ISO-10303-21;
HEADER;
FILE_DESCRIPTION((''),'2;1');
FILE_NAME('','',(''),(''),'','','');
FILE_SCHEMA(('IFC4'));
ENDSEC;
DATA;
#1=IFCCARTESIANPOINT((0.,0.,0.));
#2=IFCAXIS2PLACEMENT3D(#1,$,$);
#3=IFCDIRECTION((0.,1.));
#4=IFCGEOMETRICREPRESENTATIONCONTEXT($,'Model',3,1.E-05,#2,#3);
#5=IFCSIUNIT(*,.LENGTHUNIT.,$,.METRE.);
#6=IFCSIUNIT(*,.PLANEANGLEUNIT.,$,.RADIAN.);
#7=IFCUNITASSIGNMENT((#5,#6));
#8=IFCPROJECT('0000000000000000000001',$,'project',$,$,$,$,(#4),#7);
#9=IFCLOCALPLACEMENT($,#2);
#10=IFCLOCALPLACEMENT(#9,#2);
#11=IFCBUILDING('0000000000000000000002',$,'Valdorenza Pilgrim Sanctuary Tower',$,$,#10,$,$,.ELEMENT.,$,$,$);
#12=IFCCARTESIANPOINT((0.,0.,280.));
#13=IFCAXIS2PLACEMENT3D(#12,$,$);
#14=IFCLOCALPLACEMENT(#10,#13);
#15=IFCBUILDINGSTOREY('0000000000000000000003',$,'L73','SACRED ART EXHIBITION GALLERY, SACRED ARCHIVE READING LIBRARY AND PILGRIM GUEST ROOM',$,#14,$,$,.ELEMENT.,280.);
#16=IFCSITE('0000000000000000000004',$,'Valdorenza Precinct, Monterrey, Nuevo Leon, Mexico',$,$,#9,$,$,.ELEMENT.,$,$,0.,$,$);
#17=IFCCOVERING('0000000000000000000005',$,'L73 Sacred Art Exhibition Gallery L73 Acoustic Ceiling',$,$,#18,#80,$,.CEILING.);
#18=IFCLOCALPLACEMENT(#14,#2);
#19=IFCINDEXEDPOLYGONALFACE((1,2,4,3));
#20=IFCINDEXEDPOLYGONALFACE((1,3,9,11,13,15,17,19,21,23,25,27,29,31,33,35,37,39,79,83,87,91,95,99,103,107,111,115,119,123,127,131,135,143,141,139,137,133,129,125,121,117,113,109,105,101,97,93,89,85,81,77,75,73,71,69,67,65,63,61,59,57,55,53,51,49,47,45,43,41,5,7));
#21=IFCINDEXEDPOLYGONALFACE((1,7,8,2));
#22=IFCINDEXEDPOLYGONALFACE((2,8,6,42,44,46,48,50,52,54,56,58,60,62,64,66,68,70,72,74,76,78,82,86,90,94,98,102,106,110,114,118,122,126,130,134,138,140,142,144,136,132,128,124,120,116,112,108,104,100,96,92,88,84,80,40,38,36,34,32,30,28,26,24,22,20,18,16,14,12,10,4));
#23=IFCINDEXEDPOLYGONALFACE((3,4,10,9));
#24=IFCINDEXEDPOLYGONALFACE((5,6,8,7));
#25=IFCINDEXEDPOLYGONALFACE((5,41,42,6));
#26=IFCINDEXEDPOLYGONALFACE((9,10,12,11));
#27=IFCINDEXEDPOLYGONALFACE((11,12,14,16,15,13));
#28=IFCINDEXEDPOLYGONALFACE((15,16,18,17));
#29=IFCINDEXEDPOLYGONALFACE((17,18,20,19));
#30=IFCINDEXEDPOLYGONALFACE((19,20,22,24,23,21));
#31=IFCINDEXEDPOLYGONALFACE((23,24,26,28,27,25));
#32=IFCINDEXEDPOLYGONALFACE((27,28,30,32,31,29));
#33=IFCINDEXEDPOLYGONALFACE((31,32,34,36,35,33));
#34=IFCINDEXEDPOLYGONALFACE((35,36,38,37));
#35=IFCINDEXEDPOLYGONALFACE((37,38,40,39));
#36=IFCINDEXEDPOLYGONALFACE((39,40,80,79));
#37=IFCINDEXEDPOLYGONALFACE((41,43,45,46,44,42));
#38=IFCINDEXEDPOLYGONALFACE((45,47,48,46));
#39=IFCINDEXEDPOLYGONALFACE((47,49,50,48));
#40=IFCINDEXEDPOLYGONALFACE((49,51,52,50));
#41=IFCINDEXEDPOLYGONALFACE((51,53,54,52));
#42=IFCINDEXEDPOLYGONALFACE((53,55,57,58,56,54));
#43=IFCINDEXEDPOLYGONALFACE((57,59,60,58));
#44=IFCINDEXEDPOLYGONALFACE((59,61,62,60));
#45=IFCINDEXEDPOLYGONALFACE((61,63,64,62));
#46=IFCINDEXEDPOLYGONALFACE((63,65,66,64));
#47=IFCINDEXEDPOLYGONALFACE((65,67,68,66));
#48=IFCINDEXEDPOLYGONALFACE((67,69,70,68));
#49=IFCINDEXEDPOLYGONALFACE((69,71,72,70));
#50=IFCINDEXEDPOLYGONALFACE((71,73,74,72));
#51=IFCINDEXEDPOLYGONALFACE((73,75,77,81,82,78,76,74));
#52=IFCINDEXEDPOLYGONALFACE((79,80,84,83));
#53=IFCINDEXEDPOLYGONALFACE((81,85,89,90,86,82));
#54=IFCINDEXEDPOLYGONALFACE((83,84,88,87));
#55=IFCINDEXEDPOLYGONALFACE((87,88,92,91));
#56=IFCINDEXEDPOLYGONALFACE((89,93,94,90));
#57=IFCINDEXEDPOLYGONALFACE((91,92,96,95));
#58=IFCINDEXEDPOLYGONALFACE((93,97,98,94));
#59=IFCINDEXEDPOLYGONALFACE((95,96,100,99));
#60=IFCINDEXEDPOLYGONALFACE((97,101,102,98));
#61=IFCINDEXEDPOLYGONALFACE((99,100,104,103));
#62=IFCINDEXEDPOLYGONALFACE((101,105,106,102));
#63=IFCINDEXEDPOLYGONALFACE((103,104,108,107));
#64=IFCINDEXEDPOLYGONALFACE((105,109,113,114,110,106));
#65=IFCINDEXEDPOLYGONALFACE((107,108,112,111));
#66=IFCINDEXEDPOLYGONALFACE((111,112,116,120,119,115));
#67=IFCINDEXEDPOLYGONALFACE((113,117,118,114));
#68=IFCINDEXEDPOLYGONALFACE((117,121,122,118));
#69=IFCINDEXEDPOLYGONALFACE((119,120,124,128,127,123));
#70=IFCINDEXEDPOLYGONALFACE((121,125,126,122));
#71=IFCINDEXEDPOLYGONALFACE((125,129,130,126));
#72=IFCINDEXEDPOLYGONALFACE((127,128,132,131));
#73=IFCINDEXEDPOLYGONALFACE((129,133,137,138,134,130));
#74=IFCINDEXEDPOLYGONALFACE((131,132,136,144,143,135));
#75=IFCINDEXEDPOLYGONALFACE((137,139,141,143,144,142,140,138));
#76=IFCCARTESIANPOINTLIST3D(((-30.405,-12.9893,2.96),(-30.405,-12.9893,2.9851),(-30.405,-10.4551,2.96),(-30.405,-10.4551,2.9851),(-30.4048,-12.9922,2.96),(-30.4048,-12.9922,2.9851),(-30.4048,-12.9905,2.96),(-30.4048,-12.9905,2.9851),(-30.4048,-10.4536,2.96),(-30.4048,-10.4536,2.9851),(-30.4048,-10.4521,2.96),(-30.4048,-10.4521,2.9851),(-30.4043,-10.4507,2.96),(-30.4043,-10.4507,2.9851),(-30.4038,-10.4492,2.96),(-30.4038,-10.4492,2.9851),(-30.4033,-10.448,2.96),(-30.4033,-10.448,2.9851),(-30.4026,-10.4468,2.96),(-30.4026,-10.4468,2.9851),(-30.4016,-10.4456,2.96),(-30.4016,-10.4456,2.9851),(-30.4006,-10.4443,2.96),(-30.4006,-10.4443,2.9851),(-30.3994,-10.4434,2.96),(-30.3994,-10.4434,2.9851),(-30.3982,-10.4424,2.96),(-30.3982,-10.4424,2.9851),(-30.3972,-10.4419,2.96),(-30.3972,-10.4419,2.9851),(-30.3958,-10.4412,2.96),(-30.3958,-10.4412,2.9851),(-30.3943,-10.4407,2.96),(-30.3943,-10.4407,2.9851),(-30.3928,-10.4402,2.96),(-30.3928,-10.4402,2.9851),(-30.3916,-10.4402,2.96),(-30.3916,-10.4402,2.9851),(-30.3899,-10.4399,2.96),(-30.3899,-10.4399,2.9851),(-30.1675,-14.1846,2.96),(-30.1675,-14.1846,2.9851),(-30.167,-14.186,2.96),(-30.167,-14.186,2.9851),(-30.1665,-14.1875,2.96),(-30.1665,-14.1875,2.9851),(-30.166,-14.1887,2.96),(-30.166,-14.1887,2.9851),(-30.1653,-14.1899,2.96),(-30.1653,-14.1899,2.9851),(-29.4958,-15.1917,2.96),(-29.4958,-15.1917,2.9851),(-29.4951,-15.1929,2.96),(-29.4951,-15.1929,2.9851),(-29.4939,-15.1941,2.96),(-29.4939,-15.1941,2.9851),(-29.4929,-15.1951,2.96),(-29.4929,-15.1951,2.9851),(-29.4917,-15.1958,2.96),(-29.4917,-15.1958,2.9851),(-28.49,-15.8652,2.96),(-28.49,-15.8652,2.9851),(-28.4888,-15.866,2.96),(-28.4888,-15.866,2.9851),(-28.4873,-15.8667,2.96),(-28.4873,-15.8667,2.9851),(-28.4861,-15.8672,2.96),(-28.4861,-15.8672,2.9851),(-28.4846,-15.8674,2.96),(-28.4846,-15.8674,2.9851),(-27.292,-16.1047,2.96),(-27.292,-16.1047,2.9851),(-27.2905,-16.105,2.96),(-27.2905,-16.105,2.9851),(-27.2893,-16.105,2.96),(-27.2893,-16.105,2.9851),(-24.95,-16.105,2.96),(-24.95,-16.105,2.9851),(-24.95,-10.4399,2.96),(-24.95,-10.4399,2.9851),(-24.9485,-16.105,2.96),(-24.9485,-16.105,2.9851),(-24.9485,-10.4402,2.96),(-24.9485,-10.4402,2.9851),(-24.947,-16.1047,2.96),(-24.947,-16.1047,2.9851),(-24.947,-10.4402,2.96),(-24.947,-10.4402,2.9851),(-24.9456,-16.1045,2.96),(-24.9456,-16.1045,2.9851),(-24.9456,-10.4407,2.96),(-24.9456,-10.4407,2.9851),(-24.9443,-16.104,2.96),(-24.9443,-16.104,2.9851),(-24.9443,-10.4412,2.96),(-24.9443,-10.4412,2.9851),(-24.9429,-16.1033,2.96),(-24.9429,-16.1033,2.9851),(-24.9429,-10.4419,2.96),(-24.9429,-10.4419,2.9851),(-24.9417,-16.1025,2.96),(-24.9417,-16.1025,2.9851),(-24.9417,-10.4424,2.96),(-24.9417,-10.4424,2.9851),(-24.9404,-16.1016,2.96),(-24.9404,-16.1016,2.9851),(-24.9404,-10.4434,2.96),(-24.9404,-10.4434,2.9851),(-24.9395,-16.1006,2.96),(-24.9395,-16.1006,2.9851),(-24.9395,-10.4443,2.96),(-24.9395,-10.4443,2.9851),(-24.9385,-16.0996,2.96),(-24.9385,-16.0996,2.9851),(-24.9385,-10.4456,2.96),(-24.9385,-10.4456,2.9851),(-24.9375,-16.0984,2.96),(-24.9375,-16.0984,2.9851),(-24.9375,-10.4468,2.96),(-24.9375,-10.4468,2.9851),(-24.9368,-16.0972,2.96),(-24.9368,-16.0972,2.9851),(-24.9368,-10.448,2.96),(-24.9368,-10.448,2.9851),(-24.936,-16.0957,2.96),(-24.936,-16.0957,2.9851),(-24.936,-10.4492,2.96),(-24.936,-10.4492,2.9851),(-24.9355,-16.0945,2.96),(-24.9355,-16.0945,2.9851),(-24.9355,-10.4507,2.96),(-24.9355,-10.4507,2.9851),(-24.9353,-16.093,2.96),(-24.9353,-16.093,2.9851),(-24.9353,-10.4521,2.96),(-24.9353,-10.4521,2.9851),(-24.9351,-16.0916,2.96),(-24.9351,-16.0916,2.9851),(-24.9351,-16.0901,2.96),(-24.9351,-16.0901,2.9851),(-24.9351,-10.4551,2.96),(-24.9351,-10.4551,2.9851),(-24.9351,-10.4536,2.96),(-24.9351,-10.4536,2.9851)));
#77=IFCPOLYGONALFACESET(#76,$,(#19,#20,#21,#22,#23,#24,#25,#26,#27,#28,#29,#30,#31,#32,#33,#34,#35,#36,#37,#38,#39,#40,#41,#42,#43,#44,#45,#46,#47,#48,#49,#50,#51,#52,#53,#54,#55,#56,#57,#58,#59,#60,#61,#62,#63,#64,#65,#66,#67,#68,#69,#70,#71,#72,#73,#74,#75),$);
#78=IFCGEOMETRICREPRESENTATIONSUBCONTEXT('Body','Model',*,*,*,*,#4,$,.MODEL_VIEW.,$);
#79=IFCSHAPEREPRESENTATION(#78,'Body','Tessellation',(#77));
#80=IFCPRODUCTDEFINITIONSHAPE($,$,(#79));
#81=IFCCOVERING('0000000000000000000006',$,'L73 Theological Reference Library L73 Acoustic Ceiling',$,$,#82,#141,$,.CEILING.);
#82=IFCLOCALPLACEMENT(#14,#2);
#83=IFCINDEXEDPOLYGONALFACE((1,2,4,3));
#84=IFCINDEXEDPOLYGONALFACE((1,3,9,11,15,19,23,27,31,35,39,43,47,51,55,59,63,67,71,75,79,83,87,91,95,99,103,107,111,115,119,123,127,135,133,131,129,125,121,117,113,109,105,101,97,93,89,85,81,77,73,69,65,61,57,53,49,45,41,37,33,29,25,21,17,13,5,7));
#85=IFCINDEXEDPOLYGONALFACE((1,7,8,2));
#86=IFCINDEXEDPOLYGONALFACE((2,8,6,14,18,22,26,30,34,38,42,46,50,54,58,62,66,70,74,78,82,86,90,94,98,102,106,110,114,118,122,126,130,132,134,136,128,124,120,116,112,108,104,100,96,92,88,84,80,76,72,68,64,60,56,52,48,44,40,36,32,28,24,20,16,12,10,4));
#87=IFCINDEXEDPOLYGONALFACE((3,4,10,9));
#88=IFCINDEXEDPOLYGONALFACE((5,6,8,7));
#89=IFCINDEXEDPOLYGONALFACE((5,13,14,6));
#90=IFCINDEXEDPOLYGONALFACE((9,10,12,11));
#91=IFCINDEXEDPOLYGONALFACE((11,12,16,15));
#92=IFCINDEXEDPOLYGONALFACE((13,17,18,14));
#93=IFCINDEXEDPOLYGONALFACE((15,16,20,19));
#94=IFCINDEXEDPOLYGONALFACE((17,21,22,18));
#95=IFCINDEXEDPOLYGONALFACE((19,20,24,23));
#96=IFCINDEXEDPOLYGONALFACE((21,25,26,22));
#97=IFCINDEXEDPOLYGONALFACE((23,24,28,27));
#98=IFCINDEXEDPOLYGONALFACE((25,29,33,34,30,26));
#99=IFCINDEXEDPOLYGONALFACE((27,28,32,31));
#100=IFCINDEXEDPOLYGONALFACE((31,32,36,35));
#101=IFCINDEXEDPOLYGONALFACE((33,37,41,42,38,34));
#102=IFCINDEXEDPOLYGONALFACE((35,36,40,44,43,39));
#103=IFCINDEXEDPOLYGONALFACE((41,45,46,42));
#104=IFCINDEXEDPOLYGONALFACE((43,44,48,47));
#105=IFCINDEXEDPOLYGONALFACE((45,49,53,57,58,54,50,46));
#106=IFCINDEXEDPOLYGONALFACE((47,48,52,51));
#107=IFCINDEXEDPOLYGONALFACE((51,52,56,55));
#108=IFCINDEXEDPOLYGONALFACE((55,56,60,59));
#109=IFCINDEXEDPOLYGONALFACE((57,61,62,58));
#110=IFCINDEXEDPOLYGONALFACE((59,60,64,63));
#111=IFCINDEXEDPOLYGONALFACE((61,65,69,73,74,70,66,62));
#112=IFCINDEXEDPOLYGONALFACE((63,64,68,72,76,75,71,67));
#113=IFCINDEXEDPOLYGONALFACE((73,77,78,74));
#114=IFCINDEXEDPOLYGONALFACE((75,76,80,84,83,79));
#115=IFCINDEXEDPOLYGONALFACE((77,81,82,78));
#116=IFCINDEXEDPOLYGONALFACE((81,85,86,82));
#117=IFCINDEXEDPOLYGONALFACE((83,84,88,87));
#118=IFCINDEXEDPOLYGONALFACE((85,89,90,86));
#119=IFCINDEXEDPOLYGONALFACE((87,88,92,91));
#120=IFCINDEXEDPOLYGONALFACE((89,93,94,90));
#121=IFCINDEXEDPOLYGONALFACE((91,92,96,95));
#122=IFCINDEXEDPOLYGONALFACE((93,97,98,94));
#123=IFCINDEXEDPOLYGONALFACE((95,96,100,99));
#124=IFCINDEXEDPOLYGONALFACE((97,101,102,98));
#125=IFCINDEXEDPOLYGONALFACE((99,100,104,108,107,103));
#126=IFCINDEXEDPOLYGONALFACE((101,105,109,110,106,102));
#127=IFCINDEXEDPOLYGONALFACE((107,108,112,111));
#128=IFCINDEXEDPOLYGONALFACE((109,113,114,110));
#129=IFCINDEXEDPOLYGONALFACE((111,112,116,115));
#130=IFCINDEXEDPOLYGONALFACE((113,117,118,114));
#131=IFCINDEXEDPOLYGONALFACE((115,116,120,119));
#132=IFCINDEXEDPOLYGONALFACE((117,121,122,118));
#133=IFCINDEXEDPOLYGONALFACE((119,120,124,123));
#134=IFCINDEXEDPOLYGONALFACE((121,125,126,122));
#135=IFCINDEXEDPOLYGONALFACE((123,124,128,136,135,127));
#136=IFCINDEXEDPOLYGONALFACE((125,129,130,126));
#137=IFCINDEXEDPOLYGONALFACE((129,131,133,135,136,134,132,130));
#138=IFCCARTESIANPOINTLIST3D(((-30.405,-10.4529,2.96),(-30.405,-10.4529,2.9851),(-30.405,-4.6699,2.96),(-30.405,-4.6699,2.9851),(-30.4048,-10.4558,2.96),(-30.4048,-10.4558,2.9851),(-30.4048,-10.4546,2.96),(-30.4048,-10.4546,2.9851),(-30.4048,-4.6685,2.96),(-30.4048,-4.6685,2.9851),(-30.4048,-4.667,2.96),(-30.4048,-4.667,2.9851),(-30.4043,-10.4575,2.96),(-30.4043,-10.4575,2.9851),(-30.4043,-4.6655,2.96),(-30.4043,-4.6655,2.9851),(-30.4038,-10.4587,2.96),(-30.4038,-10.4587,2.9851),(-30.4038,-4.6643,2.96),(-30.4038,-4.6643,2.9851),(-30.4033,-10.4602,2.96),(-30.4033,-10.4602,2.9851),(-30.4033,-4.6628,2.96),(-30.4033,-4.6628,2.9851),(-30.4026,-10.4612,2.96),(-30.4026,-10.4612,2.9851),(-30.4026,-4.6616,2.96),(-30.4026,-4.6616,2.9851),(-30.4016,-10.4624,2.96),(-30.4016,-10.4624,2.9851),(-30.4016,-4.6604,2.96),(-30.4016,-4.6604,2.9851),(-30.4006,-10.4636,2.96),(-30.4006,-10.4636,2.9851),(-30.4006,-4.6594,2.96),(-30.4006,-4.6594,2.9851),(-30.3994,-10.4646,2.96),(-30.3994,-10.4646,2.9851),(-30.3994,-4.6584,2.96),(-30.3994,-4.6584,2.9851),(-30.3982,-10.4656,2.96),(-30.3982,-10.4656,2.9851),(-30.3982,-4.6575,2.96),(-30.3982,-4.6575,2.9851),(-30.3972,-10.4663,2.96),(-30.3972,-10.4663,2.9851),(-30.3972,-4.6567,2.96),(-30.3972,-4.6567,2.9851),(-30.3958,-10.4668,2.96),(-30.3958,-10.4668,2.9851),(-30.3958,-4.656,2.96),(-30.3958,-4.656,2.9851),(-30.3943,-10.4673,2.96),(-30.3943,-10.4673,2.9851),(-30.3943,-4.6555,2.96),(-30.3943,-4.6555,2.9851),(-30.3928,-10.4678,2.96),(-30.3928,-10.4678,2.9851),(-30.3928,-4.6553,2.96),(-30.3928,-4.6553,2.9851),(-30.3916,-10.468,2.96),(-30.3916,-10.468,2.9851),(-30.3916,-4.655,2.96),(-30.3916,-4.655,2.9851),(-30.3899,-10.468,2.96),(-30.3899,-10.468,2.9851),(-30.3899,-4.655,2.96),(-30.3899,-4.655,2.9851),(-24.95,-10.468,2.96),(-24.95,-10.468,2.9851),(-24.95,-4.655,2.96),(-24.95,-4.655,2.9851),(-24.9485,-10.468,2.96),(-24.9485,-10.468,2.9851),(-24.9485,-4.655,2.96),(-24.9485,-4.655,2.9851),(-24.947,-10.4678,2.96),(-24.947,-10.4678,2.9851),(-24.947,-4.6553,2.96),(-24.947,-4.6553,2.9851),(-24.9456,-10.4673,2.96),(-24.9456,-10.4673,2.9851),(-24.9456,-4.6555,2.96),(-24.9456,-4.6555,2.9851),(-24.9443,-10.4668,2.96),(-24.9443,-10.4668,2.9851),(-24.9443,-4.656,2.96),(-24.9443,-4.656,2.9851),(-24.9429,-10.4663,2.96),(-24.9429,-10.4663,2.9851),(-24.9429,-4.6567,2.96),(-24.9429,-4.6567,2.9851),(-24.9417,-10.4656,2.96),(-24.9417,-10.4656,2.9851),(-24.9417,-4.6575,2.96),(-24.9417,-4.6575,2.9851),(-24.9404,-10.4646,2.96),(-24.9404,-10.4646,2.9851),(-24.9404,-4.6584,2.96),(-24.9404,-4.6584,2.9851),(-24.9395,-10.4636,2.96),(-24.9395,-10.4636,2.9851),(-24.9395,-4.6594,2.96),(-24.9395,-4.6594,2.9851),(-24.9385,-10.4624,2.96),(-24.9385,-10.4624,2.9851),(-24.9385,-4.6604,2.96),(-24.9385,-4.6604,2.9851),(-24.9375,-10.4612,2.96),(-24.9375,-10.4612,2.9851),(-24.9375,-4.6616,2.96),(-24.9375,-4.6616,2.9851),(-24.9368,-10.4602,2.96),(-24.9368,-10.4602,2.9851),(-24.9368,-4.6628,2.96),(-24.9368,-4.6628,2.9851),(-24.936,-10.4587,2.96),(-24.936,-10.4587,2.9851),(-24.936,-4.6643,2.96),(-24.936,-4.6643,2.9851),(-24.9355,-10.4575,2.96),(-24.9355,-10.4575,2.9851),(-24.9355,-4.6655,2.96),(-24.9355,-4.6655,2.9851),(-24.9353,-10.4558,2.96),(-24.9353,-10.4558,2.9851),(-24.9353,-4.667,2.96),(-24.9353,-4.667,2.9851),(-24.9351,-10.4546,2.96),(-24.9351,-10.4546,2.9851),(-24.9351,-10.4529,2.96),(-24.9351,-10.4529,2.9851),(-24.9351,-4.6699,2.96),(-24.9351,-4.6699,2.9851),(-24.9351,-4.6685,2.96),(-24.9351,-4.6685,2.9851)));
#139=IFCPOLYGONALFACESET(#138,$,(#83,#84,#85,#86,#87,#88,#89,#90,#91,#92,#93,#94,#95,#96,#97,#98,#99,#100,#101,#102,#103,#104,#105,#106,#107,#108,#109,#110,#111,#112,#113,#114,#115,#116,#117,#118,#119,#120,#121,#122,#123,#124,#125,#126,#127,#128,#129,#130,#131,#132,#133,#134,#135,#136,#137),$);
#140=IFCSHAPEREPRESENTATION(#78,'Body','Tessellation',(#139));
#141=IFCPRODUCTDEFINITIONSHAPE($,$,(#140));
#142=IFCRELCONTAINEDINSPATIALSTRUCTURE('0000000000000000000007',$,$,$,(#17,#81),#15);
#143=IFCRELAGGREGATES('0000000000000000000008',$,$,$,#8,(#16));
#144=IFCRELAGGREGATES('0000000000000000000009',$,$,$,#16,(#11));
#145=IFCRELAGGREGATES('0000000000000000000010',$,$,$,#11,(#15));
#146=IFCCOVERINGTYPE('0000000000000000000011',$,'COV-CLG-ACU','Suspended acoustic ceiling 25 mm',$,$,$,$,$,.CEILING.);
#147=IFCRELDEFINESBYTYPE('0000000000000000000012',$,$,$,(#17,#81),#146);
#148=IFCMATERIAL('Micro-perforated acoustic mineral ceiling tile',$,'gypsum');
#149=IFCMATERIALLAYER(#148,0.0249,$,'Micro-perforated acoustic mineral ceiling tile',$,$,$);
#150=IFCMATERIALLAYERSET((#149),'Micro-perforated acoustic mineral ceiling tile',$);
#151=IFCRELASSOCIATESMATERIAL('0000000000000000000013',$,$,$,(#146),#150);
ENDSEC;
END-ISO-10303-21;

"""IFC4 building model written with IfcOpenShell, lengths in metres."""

from ifc_helpers import new_model, si_unit, direction, frame, origin, place, context, subcontext, project, spatial, polyline, outline, extrude, material, layer, layer_set, type_object, element, save


model = new_model("IFC4")

# Units and contexts
model_context = context("Model", 3, precision=1e-05, world=origin(), true_north=direction((0.0, 1.0)))
body_context = subcontext(model_context, "Body", "Model", "MODEL_VIEW")
ifc_project = project(units=[si_unit("LENGTHUNIT", "METRE"), si_unit("PLANEANGLEUNIT", "RADIAN")], contexts=[model_context])

# Site, building, storey
site_placement = place(None, origin())
site = spatial("IfcSite", under=ifc_project, at=site_placement, Name="Valdorenza Precinct, Monterrey, Nuevo Leon, Mexico", CompositionType="ELEMENT", RefElevation=0.0)
building_placement = place(site_placement, origin())
building = spatial("IfcBuilding", under=site, at=building_placement, Name="Valdorenza Pilgrim Sanctuary Tower", CompositionType="ELEMENT")
storey_placement = place(building_placement, frame((0.0, 0.0, 280.0)))
storey = spatial("IfcBuildingStorey", under=building, at=storey_placement, Name="L73", Description="SACRED ART EXHIBITION GALLERY, SACRED ARCHIVE READING LIBRARY AND PILGRIM GUEST ROOM", CompositionType="ELEMENT", Elevation=280.0)

# Coverings
ifc_material_1 = material(Name="Micro-perforated acoustic mineral ceiling tile", Category="gypsum")
ifc_layer_1 = layer(ifc_material_1, 0.0249, Name="Micro-perforated acoustic mineral ceiling tile")
ifc_layer_set_1 = layer_set([ifc_layer_1], Name="Micro-perforated acoustic mineral ceiling tile")
covering_type_1 = type_object("IfcCoveringType", Name="COV-CLG-ACU", Description="Suspended acoustic ceiling 25 mm", PredefinedType="CEILING", material=ifc_layer_set_1)
covering_1_placement = place(storey_placement, frame((0.0, 0.0, 2.96)))
element("IfcCovering", 1, at=covering_1_placement, inside=storey, type_object=covering_type_1, Name="L73 Sacred Art Exhibition Gallery L73 Acoustic Ceiling", PredefinedType="CEILING", context=body_context, shape_type="SweptSolid", body=[
    extrude(outline(polyline([(-24.9351, -16.0901), (-24.9351, -16.0916), (-24.9353, -16.093), (-24.9355, -16.0945), (-24.936, -16.0957), (-24.9368, -16.0972), (-24.9375, -16.0984), (-24.9385, -16.0996), (-24.9395, -16.1006), (-24.9404, -16.1016), (-24.9417, -16.1025), (-24.9429, -16.1033), (-24.9443, -16.104), (-24.9456, -16.1045), (-24.947, -16.1047), (-24.9485, -16.105), (-24.95, -16.105), (-27.2893, -16.105), (-27.2905, -16.105), (-27.292, -16.1047), (-28.4846, -15.8674), (-28.4861, -15.8672), (-28.4873, -15.8667), (-28.4888, -15.866), (-28.49, -15.8652), (-29.4917, -15.1958), (-29.4929, -15.1951), (-29.4939, -15.1941), (-29.4951, -15.1929), (-29.4958, -15.1917), (-30.1653, -14.1899), (-30.166, -14.1887), (-30.1665, -14.1875), (-30.167, -14.186), (-30.1675, -14.1846), (-30.4048, -12.9922), (-30.4048, -12.9905), (-30.405, -12.9893), (-30.405, -10.4551), (-30.4048, -10.4536), (-30.4048, -10.4521), (-30.4043, -10.4507), (-30.4038, -10.4492), (-30.4033, -10.448), (-30.4026, -10.4468), (-30.4016, -10.4456), (-30.4006, -10.4443), (-30.3994, -10.4434), (-30.3982, -10.4424), (-30.3972, -10.4419), (-30.3958, -10.4412), (-30.3943, -10.4407), (-30.3928, -10.4402), (-30.3916, -10.4402), (-30.3899, -10.4399), (-24.95, -10.4399), (-24.9485, -10.4402), (-24.947, -10.4402), (-24.9456, -10.4407), (-24.9443, -10.4412), (-24.9429, -10.4419), (-24.9417, -10.4424), (-24.9404, -10.4434), (-24.9395, -10.4443), (-24.9385, -10.4456), (-24.9375, -10.4468), (-24.9368, -10.448), (-24.936, -10.4492), (-24.9355, -10.4507), (-24.9353, -10.4521), (-24.9351, -10.4536), (-24.9351, -10.4551), (-24.9351, -16.0901)])), origin(), (0.0, 0.0, 1.0), 0.0251),
])
covering_2_placement = place(storey_placement, frame((0.0, 0.0, 2.96)))
element("IfcCovering", 2, at=covering_2_placement, inside=storey, type_object=covering_type_1, Name="L73 Theological Reference Library L73 Acoustic Ceiling", PredefinedType="CEILING", context=body_context, shape_type="SweptSolid", body=[
    extrude(outline(polyline([(-24.9351, -10.4529), (-24.9351, -10.4546), (-24.9353, -10.4558), (-24.9355, -10.4575), (-24.936, -10.4587), (-24.9368, -10.4602), (-24.9375, -10.4612), (-24.9385, -10.4624), (-24.9395, -10.4636), (-24.9404, -10.4646), (-24.9417, -10.4656), (-24.9429, -10.4663), (-24.9443, -10.4668), (-24.9456, -10.4673), (-24.947, -10.4678), (-24.9485, -10.468), (-24.95, -10.468), (-30.3899, -10.468), (-30.3916, -10.468), (-30.3928, -10.4678), (-30.3943, -10.4673), (-30.3958, -10.4668), (-30.3972, -10.4663), (-30.3982, -10.4656), (-30.3994, -10.4646), (-30.4006, -10.4636), (-30.4016, -10.4624), (-30.4026, -10.4612), (-30.4033, -10.4602), (-30.4038, -10.4587), (-30.4043, -10.4575), (-30.4048, -10.4558), (-30.4048, -10.4546), (-30.405, -10.4529), (-30.405, -4.6699), (-30.4048, -4.6685), (-30.4048, -4.667), (-30.4043, -4.6655), (-30.4038, -4.6643), (-30.4033, -4.6628), (-30.4026, -4.6616), (-30.4016, -4.6604), (-30.4006, -4.6594), (-30.3994, -4.6584), (-30.3982, -4.6575), (-30.3972, -4.6567), (-30.3958, -4.656), (-30.3943, -4.6555), (-30.3928, -4.6553), (-30.3916, -4.655), (-30.3899, -4.655), (-24.95, -4.655), (-24.9485, -4.655), (-24.947, -4.6553), (-24.9456, -4.6555), (-24.9443, -4.656), (-24.9429, -4.6567), (-24.9417, -4.6575), (-24.9404, -4.6584), (-24.9395, -4.6594), (-24.9385, -4.6604), (-24.9375, -4.6616), (-24.9368, -4.6628), (-24.936, -4.6643), (-24.9355, -4.6655), (-24.9353, -4.667), (-24.9351, -4.6685), (-24.9351, -4.6699), (-24.9351, -10.4529)])), origin(), (0.0, 0.0, 1.0), 0.0251),
])

save(model, "model.ifc")
